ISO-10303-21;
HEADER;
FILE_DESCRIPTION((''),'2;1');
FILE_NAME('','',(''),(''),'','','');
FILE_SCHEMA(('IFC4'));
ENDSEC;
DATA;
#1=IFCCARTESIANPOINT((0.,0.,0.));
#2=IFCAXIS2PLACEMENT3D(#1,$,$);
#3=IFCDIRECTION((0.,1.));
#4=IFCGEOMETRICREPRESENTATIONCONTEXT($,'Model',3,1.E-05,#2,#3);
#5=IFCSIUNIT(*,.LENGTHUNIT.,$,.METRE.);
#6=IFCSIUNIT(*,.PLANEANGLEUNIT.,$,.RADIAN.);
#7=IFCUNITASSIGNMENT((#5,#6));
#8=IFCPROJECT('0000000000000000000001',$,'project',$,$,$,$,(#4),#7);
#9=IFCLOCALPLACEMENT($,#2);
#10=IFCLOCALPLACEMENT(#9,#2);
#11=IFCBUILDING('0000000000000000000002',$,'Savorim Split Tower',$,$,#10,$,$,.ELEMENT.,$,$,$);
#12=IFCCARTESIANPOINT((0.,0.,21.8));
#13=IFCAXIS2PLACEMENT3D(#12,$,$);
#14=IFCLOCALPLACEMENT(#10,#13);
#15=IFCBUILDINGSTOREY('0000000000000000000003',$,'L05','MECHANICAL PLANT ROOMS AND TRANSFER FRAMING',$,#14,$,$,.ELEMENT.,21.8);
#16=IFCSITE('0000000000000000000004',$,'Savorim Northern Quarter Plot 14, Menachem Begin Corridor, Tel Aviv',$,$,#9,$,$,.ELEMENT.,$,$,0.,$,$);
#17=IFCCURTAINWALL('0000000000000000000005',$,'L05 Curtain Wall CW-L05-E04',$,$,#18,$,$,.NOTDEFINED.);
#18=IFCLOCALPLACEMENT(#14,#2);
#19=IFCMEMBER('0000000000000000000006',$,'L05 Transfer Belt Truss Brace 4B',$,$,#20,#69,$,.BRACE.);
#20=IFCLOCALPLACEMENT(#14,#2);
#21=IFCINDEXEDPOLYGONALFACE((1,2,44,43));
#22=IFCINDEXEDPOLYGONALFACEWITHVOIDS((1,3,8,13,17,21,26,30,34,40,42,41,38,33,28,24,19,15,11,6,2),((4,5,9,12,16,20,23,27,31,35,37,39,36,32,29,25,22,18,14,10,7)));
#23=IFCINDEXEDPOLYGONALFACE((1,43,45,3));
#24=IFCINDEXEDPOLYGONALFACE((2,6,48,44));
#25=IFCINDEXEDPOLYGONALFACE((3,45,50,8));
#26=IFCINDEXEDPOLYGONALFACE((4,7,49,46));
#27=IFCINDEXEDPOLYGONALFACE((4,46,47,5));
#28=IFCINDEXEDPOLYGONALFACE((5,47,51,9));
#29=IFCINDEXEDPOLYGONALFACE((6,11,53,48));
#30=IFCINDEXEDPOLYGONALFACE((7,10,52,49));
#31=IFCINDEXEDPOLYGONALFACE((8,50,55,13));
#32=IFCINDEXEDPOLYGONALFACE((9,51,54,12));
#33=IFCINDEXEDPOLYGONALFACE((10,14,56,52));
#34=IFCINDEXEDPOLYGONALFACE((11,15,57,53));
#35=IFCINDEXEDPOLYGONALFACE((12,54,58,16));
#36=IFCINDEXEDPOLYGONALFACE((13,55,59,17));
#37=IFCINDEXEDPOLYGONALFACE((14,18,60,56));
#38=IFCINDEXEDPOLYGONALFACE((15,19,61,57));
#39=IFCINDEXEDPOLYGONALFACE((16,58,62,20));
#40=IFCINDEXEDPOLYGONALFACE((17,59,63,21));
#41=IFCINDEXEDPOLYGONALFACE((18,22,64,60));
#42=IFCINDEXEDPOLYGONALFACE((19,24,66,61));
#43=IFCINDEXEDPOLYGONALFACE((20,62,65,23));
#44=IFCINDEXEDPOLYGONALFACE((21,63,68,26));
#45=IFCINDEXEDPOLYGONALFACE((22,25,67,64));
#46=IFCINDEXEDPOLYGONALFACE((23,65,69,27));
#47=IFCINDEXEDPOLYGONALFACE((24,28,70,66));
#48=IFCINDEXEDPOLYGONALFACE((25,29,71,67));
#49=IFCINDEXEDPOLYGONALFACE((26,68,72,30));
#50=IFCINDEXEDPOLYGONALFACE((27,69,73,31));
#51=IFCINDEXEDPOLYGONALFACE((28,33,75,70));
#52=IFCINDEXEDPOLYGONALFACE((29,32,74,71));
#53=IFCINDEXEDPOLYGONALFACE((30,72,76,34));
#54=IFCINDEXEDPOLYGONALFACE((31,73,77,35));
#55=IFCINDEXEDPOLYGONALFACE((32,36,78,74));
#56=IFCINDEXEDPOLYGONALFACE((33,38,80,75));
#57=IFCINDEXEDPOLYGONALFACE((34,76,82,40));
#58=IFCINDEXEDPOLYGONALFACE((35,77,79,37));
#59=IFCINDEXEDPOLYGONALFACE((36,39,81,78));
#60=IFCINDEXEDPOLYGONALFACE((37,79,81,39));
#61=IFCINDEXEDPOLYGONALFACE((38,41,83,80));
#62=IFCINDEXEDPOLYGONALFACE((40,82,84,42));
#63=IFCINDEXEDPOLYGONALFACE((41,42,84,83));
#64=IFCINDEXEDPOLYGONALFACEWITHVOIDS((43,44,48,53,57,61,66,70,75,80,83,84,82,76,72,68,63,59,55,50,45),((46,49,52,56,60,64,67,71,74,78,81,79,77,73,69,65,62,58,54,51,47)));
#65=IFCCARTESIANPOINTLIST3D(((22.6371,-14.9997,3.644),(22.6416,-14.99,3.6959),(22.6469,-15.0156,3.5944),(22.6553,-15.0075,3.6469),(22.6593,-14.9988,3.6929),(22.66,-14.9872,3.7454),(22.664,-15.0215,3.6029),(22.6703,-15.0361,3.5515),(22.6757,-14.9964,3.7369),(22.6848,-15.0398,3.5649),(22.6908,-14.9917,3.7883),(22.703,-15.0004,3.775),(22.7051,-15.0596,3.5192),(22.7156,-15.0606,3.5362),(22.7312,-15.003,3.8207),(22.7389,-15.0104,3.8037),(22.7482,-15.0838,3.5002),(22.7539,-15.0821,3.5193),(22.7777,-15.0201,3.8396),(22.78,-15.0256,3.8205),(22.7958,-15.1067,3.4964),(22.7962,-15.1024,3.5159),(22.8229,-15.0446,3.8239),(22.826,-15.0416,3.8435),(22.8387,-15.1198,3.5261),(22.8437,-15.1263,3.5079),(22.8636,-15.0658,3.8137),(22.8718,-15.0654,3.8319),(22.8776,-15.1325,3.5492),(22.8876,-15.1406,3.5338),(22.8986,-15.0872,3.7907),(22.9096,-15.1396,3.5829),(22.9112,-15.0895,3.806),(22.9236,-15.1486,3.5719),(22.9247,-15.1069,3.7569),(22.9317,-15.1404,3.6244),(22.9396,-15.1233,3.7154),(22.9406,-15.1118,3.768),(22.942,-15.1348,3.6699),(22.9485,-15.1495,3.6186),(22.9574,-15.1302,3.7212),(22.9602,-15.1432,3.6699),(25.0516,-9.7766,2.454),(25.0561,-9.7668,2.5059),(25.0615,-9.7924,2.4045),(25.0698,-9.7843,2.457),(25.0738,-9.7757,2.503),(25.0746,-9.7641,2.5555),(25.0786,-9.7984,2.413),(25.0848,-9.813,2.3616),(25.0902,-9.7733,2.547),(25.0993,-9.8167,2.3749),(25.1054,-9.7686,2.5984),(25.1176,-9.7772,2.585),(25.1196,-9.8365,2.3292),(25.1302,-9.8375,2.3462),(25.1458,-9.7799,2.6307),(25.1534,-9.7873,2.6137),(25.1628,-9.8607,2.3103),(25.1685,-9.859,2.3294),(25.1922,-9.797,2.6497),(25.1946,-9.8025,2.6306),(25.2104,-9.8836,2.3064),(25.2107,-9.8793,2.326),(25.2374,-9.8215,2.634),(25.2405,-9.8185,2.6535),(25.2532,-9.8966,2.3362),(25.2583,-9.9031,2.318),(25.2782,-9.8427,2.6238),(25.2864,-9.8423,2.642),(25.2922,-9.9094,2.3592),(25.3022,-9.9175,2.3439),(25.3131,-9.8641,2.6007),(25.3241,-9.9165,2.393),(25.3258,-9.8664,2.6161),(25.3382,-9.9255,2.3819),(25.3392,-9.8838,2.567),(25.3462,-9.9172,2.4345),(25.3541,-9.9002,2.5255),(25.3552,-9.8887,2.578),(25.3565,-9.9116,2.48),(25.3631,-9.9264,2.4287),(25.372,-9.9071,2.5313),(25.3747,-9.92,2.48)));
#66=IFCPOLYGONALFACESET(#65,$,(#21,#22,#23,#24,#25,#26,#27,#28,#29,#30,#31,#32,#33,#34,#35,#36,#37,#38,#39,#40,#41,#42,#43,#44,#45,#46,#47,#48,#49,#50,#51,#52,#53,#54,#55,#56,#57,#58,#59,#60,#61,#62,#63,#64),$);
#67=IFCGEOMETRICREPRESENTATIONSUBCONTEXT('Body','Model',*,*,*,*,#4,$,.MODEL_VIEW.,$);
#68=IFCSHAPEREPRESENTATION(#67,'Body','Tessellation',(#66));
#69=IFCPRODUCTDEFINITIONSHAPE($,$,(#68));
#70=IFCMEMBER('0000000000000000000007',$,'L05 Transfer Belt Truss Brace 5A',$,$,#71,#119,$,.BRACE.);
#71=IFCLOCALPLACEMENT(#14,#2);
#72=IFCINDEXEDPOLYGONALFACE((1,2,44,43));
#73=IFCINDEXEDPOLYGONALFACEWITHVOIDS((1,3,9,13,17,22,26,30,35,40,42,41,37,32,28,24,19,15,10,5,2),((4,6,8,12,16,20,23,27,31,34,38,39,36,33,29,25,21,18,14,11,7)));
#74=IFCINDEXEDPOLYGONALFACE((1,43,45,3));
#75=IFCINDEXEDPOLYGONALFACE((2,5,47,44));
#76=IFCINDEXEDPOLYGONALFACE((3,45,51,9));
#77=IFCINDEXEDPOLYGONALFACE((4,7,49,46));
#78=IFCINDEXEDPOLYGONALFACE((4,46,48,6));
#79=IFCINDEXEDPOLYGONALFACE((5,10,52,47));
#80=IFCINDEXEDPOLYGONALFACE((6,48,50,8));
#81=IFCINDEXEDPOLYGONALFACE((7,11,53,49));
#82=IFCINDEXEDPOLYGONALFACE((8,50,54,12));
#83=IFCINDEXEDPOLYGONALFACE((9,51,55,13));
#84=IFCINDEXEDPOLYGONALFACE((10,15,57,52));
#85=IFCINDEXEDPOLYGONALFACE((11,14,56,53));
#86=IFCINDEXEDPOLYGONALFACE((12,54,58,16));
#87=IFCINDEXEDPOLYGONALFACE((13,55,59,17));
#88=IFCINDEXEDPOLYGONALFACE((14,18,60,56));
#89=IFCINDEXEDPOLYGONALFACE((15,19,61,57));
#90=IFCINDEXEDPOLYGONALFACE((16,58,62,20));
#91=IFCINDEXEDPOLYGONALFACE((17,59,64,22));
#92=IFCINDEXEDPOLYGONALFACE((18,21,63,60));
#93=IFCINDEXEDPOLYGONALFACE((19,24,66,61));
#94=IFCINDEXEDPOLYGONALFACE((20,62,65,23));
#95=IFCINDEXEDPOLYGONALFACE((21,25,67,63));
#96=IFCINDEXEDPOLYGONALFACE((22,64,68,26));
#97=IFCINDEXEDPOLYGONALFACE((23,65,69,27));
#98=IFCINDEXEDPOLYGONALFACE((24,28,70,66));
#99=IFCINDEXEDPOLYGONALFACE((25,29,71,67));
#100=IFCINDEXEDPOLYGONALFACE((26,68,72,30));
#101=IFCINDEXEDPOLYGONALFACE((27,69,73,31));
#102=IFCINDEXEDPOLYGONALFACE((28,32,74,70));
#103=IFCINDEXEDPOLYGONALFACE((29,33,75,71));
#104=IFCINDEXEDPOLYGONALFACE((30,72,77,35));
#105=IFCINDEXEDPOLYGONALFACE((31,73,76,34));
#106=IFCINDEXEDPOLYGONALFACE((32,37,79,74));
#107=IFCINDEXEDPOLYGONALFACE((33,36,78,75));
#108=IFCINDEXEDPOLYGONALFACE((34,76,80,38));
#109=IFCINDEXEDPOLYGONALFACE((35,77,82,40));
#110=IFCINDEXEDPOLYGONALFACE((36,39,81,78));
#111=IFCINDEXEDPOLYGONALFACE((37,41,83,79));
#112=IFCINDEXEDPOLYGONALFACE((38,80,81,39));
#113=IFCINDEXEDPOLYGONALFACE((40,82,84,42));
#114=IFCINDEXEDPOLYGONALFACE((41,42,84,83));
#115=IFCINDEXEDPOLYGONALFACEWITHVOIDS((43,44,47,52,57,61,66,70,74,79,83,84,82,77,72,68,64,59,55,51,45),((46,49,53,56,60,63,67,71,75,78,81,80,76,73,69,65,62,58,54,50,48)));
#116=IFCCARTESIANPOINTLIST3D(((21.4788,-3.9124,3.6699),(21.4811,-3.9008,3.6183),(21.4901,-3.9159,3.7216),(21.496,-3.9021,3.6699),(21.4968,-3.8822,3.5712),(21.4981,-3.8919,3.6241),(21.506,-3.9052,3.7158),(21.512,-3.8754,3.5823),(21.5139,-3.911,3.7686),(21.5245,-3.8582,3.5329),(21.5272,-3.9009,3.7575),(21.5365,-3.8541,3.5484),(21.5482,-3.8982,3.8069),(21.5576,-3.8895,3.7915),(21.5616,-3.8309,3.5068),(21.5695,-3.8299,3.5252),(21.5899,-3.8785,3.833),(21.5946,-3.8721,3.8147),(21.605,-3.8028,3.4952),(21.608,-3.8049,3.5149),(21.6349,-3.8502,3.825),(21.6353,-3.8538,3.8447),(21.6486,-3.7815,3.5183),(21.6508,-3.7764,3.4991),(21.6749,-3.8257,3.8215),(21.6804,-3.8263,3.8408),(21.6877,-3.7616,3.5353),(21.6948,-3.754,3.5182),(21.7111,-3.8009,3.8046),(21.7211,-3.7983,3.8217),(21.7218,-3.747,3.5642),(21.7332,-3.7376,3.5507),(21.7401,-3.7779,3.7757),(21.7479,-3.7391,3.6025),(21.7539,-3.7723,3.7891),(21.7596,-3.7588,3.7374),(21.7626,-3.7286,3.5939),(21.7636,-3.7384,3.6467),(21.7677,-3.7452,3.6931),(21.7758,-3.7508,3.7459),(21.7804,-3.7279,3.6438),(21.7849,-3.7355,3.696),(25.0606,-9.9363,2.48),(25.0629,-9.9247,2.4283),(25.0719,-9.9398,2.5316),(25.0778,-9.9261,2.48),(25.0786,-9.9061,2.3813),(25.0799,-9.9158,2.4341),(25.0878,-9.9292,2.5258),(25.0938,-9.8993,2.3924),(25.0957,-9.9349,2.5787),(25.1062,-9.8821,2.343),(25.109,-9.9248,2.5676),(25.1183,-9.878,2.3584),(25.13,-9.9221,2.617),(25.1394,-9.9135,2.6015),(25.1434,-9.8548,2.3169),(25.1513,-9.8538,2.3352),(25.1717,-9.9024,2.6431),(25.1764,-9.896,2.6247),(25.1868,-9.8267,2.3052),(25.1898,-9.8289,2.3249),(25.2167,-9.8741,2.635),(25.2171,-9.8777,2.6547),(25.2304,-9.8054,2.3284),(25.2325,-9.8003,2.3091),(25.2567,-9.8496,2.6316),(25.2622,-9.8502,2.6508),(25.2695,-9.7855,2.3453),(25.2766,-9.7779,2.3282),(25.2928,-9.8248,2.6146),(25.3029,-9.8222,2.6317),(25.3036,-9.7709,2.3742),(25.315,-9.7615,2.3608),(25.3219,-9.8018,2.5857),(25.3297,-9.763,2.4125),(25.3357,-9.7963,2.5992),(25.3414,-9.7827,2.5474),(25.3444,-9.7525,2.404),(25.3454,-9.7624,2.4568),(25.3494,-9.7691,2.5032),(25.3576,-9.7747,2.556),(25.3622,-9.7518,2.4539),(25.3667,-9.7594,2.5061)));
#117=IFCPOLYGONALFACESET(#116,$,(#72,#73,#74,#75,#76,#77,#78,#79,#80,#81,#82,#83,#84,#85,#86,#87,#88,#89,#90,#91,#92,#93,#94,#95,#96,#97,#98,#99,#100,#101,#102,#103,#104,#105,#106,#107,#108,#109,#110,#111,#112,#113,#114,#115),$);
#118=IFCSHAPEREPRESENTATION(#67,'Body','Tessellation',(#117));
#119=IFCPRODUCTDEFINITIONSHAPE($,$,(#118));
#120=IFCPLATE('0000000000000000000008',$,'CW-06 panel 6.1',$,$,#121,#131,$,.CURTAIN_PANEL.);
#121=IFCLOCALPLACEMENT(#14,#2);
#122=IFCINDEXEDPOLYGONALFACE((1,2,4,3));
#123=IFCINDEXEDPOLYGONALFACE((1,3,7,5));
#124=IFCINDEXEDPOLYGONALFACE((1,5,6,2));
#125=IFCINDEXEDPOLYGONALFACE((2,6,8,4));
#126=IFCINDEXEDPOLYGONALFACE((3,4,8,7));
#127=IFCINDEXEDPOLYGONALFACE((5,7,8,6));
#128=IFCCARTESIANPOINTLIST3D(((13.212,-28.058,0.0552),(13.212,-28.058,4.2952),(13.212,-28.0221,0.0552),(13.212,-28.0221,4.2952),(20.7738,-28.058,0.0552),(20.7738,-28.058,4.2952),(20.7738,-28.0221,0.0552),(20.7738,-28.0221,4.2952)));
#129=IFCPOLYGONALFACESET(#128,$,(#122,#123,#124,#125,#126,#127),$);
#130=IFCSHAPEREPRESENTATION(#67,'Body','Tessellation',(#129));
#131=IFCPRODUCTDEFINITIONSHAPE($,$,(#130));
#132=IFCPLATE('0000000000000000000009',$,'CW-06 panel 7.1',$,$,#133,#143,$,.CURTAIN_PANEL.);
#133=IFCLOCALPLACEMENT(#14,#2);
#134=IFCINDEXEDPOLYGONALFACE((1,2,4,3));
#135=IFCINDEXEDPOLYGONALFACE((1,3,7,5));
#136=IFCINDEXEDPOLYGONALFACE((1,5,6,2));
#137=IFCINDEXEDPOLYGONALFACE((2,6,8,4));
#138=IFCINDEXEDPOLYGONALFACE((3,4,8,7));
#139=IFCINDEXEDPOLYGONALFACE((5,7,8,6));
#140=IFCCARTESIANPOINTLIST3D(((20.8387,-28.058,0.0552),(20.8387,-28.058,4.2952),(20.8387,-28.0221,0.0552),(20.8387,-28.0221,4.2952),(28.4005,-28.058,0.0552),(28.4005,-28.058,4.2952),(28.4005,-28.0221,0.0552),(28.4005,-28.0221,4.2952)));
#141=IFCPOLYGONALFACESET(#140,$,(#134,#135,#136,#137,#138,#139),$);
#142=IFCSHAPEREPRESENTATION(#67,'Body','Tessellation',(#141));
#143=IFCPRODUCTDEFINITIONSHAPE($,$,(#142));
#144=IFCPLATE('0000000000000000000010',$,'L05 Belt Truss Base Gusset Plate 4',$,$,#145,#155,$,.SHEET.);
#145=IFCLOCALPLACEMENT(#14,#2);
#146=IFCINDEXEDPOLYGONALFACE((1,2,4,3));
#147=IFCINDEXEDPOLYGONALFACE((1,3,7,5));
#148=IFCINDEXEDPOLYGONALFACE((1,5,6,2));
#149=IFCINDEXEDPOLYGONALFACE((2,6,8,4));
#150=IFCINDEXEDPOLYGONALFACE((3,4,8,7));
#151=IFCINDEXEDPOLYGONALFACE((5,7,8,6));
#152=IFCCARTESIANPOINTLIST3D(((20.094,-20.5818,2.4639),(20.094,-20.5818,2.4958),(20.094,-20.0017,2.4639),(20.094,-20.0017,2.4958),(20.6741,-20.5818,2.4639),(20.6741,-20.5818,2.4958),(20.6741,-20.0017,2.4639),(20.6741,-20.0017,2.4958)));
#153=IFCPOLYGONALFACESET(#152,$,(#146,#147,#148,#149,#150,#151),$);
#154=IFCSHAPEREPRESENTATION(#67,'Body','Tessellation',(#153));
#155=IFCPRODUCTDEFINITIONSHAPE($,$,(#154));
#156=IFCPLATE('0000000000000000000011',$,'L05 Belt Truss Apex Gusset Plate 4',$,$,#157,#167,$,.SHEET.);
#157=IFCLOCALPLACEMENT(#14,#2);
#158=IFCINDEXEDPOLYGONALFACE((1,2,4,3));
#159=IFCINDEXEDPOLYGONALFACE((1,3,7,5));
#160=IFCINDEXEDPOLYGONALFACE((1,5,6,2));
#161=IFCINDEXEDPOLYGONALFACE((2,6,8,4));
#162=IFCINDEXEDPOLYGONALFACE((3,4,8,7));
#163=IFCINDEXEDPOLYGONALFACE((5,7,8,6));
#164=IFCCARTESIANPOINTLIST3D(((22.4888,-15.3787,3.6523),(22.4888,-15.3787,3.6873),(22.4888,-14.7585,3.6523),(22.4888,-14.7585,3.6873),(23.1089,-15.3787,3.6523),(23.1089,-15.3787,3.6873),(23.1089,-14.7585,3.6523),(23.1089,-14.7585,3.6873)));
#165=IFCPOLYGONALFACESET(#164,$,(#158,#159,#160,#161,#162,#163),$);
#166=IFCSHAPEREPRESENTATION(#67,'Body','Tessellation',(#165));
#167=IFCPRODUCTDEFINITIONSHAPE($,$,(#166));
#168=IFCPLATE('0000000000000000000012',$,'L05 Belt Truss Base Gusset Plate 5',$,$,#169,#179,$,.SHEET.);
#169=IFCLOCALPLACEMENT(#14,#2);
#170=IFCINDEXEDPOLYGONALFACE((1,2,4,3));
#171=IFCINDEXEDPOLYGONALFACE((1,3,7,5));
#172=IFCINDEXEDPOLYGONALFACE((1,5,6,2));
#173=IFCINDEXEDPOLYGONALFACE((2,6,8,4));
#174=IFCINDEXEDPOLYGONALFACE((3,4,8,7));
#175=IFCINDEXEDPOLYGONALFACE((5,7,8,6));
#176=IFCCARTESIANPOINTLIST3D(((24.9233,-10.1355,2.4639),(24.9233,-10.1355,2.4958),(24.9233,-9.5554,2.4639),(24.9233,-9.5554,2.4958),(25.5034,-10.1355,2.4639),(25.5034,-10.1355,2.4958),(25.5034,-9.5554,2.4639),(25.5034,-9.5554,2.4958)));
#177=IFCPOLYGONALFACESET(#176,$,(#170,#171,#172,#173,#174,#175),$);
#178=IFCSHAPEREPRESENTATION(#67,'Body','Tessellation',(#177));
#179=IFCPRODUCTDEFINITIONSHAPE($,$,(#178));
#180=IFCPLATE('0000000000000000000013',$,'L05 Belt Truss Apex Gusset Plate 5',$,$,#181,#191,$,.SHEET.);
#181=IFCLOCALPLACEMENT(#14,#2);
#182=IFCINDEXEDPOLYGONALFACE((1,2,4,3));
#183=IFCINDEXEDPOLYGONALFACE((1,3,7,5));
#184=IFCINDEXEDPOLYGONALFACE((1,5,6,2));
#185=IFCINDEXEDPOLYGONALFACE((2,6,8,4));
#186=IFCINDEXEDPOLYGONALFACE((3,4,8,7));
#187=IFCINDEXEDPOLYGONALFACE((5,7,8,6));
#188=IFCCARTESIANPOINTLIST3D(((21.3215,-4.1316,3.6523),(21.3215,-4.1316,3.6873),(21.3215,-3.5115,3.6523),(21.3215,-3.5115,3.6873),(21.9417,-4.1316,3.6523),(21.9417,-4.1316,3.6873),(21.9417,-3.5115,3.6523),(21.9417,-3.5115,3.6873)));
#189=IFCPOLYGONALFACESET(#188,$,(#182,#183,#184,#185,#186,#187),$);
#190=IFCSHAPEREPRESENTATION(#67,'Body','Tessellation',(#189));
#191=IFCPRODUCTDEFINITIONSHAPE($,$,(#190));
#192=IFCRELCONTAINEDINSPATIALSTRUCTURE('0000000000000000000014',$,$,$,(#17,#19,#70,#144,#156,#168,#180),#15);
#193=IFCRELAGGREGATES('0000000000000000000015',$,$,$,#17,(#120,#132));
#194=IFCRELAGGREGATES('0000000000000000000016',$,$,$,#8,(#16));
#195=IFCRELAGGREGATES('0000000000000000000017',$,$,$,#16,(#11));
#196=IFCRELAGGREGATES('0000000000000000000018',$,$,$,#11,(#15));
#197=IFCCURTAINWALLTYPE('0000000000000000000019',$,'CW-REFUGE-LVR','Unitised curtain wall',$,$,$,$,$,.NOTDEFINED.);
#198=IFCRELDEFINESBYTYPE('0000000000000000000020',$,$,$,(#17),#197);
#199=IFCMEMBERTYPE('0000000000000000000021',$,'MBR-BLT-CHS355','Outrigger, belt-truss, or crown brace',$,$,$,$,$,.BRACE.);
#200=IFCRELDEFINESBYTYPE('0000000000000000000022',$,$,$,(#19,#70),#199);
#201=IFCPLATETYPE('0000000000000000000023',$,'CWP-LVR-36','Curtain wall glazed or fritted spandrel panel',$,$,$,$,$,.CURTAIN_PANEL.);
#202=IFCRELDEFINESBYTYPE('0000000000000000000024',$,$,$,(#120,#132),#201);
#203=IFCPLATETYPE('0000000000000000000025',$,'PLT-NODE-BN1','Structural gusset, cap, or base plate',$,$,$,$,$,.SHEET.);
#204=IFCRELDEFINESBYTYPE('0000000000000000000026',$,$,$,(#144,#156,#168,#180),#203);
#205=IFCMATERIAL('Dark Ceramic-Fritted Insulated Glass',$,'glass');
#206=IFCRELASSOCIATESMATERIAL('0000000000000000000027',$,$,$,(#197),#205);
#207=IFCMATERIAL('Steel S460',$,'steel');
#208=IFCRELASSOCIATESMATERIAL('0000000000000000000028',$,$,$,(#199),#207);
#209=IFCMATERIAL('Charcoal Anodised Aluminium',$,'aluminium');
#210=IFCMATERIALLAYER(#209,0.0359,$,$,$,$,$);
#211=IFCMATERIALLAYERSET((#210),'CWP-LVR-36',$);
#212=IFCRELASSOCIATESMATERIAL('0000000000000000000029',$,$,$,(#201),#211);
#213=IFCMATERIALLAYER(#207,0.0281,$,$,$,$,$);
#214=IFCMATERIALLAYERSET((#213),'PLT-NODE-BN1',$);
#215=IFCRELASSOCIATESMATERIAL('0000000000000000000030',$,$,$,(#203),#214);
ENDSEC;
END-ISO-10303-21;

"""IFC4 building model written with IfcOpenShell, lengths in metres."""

from ifc_helpers import new_model, si_unit, direction, frame, origin, origin_2d, place, context, subcontext, project, spatial, rectangle, hollow_circle, extrude, material, layer, layer_set, material_profile, profile_set, type_object, element, aggregate, save


model = new_model("IFC4")

# Units and contexts
model_context = context("Model", 3, precision=1e-05, world=origin(), true_north=direction((0.0, 1.0)))
body_context = subcontext(model_context, "Body", "Model", "MODEL_VIEW")
ifc_project = project(units=[si_unit("LENGTHUNIT", "METRE"), si_unit("PLANEANGLEUNIT", "RADIAN")], contexts=[model_context])

# Site, building, storey
site_placement = place(None, origin())
site = spatial("IfcSite", under=ifc_project, at=site_placement, Name="Savorim Northern Quarter Plot 14, Menachem Begin Corridor, Tel Aviv", CompositionType="ELEMENT", RefElevation=0.0)
building_placement = place(site_placement, origin())
building = spatial("IfcBuilding", under=site, at=building_placement, Name="Savorim Split Tower", CompositionType="ELEMENT")
storey_placement = place(building_placement, frame((0.0, 0.0, 21.8)))
storey = spatial("IfcBuildingStorey", under=building, at=storey_placement, Name="L05", Description="MECHANICAL PLANT ROOMS AND TRANSFER FRAMING", CompositionType="ELEMENT", Elevation=21.8)

# Shared definitions
ifc_material_1 = material(Name="Steel S460", Category="steel")

# Curtain wall
ifc_material_2 = material(Name="Dark Ceramic-Fritted Insulated Glass", Category="glass")
curtain_wall_type = type_object("IfcCurtainWallType", Name="CW-REFUGE-LVR", Description="Unitised curtain wall", PredefinedType="NOTDEFINED", material=ifc_material_2)
curtain_wall_placement = place(storey_placement, origin())
curtain_wall = element("IfcCurtainWall", 1, at=curtain_wall_placement, inside=storey, type_object=curtain_wall_type, Name="L05 Curtain Wall CW-L05-E04", PredefinedType="NOTDEFINED")
ifc_material_3 = material(Name="Charcoal Anodised Aluminium", Category="aluminium")

# Members
ifc_material_profile_1 = material_profile(ifc_material_1, hollow_circle(Radius=0.1777, WallThickness=0.02, at=origin_2d()), Name="CHS 355.6x20")
ifc_profile_set_1 = profile_set([ifc_material_profile_1], Name="Steel S460")
member_type_1 = type_object("IfcMemberType", Name="MBR-BLT-CHS355", Description="Outrigger, belt-truss, or crown brace", PredefinedType="BRACE", material=ifc_profile_set_1)
for number, where, z_axis, x_axis, name in (
    (2, (25.2134, -9.8455, 2.48), (-0.410918, -0.888896, 0.202509), (0.907703, -0.419612, 0.0), "L05 Transfer Belt Truss Brace 4B"),
):
    element("IfcMember", number, at=place(storey_placement, frame(where, z_axis=z_axis, x_axis=x_axis)), inside=storey, type_object=member_type_1, Name=name, PredefinedType="BRACE", context=body_context, shape_type="SweptSolid", body=[
        extrude(hollow_circle(Radius=0.1777, WallThickness=0.02, at=origin_2d()), origin(), (0.0, 0.0, 1.0), 5.876),
    ])
member_1_placement = place(storey_placement, frame((25.2134, -9.8455, 2.48), z_axis=(-0.503864, 0.847408, 0.167394), x_axis=(-0.859536, -0.511075, 0.0)))
element("IfcMember", 3, at=member_1_placement, inside=storey, type_object=member_type_1, Name="L05 Transfer Belt Truss Brace 5A", PredefinedType="BRACE", context=body_context, shape_type="SweptSolid", body=[
    extrude(hollow_circle(Radius=0.1777, WallThickness=0.02, at=origin_2d()), origin(), (0.0, 0.0, 1.0), 7.1086),
])

# Plates
ifc_layer_1 = layer(ifc_material_3, 0.0359)
ifc_layer_set_1 = layer_set([ifc_layer_1], Name="CWP-LVR-36")
plate_type_1 = type_object("IfcPlateType", Name="CWP-LVR-36", Description="Curtain wall glazed or fritted spandrel panel", PredefinedType="CURTAIN_PANEL", material=ifc_layer_set_1)
plate_1_placement = place(storey_placement, frame((16.9929, -28.04, 0.0552), z_axis=(0.0, 0.0, 1.0), x_axis=(1.0, 0.0, 0.0)))
plate_1 = element("IfcPlate", 4, at=plate_1_placement, type_object=plate_type_1, Name="CW-06 panel 6.1", PredefinedType="CURTAIN_PANEL", context=body_context, shape_type="SweptSolid", body=[
    extrude(rectangle(XDim=7.5618, YDim=0.0359, at=origin_2d()), origin(), (0.0, 0.0, 1.0), 4.24),
])
plate_2_placement = place(storey_placement, frame((24.6196, -28.04, 0.0552), z_axis=(0.0, 0.0, 1.0), x_axis=(1.0, 0.0, 0.0)))
plate_2 = element("IfcPlate", 5, at=plate_2_placement, type_object=plate_type_1, Name="CW-06 panel 7.1", PredefinedType="CURTAIN_PANEL", context=body_context, shape_type="SweptSolid", body=[
    extrude(rectangle(XDim=7.5618, YDim=0.0359, at=origin_2d()), origin(), (0.0, 0.0, 1.0), 4.24),
])
aggregate(curtain_wall, [plate_1, plate_2])

# Plates
ifc_layer_2 = layer(ifc_material_1, 0.0281)
ifc_layer_set_2 = layer_set([ifc_layer_2], Name="PLT-NODE-BN1")
plate_type_2 = type_object("IfcPlateType", Name="PLT-NODE-BN1", Description="Structural gusset, cap, or base plate", PredefinedType="SHEET", material=ifc_layer_set_2)
plate_3_placement = place(storey_placement, frame((20.384, -20.2917, 2.4639), z_axis=(0.0, 0.0, 1.0), x_axis=(1.0, 0.0, 0.0)))
element("IfcPlate", 6, at=plate_3_placement, inside=storey, type_object=plate_type_2, Name="L05 Belt Truss Base Gusset Plate 4", PredefinedType="SHEET", context=body_context, shape_type="SweptSolid", body=[
    extrude(rectangle(XDim=0.5801, YDim=0.5801, at=origin_2d()), origin(), (0.0, 0.0, 1.0), 0.032),
])
plate_4_placement = place(storey_placement, frame((22.7988, -15.0686, 3.6523), z_axis=(0.0, 0.0, 1.0), x_axis=(1.0, 0.0, 0.0)))
element("IfcPlate", 7, at=plate_4_placement, inside=storey, type_object=plate_type_2, Name="L05 Belt Truss Apex Gusset Plate 4", PredefinedType="SHEET", context=body_context, shape_type="SweptSolid", body=[
    extrude(rectangle(XDim=0.6201, YDim=0.6201, at=origin_2d()), origin(), (0.0, 0.0, 1.0), 0.0349),
])
plate_5_placement = place(storey_placement, frame((25.2134, -9.8455, 2.4639), z_axis=(0.0, 0.0, 1.0), x_axis=(1.0, 0.0, 0.0)))
element("IfcPlate", 8, at=plate_5_placement, inside=storey, type_object=plate_type_2, Name="L05 Belt Truss Base Gusset Plate 5", PredefinedType="SHEET", context=body_context, shape_type="SweptSolid", body=[
    extrude(rectangle(XDim=0.5801, YDim=0.5801, at=origin_2d()), origin(), (0.0, 0.0, 1.0), 0.032),
])
plate_6_placement = place(storey_placement, frame((21.6316, -3.8215, 3.6523), z_axis=(0.0, 0.0, 1.0), x_axis=(1.0, 0.0, 0.0)))
element("IfcPlate", 9, at=plate_6_placement, inside=storey, type_object=plate_type_2, Name="L05 Belt Truss Apex Gusset Plate 5", PredefinedType="SHEET", context=body_context, shape_type="SweptSolid", body=[
    extrude(rectangle(XDim=0.6201, YDim=0.6201, at=origin_2d()), origin(), (0.0, 0.0, 1.0), 0.0349),
])

save(model, "model.ifc")
